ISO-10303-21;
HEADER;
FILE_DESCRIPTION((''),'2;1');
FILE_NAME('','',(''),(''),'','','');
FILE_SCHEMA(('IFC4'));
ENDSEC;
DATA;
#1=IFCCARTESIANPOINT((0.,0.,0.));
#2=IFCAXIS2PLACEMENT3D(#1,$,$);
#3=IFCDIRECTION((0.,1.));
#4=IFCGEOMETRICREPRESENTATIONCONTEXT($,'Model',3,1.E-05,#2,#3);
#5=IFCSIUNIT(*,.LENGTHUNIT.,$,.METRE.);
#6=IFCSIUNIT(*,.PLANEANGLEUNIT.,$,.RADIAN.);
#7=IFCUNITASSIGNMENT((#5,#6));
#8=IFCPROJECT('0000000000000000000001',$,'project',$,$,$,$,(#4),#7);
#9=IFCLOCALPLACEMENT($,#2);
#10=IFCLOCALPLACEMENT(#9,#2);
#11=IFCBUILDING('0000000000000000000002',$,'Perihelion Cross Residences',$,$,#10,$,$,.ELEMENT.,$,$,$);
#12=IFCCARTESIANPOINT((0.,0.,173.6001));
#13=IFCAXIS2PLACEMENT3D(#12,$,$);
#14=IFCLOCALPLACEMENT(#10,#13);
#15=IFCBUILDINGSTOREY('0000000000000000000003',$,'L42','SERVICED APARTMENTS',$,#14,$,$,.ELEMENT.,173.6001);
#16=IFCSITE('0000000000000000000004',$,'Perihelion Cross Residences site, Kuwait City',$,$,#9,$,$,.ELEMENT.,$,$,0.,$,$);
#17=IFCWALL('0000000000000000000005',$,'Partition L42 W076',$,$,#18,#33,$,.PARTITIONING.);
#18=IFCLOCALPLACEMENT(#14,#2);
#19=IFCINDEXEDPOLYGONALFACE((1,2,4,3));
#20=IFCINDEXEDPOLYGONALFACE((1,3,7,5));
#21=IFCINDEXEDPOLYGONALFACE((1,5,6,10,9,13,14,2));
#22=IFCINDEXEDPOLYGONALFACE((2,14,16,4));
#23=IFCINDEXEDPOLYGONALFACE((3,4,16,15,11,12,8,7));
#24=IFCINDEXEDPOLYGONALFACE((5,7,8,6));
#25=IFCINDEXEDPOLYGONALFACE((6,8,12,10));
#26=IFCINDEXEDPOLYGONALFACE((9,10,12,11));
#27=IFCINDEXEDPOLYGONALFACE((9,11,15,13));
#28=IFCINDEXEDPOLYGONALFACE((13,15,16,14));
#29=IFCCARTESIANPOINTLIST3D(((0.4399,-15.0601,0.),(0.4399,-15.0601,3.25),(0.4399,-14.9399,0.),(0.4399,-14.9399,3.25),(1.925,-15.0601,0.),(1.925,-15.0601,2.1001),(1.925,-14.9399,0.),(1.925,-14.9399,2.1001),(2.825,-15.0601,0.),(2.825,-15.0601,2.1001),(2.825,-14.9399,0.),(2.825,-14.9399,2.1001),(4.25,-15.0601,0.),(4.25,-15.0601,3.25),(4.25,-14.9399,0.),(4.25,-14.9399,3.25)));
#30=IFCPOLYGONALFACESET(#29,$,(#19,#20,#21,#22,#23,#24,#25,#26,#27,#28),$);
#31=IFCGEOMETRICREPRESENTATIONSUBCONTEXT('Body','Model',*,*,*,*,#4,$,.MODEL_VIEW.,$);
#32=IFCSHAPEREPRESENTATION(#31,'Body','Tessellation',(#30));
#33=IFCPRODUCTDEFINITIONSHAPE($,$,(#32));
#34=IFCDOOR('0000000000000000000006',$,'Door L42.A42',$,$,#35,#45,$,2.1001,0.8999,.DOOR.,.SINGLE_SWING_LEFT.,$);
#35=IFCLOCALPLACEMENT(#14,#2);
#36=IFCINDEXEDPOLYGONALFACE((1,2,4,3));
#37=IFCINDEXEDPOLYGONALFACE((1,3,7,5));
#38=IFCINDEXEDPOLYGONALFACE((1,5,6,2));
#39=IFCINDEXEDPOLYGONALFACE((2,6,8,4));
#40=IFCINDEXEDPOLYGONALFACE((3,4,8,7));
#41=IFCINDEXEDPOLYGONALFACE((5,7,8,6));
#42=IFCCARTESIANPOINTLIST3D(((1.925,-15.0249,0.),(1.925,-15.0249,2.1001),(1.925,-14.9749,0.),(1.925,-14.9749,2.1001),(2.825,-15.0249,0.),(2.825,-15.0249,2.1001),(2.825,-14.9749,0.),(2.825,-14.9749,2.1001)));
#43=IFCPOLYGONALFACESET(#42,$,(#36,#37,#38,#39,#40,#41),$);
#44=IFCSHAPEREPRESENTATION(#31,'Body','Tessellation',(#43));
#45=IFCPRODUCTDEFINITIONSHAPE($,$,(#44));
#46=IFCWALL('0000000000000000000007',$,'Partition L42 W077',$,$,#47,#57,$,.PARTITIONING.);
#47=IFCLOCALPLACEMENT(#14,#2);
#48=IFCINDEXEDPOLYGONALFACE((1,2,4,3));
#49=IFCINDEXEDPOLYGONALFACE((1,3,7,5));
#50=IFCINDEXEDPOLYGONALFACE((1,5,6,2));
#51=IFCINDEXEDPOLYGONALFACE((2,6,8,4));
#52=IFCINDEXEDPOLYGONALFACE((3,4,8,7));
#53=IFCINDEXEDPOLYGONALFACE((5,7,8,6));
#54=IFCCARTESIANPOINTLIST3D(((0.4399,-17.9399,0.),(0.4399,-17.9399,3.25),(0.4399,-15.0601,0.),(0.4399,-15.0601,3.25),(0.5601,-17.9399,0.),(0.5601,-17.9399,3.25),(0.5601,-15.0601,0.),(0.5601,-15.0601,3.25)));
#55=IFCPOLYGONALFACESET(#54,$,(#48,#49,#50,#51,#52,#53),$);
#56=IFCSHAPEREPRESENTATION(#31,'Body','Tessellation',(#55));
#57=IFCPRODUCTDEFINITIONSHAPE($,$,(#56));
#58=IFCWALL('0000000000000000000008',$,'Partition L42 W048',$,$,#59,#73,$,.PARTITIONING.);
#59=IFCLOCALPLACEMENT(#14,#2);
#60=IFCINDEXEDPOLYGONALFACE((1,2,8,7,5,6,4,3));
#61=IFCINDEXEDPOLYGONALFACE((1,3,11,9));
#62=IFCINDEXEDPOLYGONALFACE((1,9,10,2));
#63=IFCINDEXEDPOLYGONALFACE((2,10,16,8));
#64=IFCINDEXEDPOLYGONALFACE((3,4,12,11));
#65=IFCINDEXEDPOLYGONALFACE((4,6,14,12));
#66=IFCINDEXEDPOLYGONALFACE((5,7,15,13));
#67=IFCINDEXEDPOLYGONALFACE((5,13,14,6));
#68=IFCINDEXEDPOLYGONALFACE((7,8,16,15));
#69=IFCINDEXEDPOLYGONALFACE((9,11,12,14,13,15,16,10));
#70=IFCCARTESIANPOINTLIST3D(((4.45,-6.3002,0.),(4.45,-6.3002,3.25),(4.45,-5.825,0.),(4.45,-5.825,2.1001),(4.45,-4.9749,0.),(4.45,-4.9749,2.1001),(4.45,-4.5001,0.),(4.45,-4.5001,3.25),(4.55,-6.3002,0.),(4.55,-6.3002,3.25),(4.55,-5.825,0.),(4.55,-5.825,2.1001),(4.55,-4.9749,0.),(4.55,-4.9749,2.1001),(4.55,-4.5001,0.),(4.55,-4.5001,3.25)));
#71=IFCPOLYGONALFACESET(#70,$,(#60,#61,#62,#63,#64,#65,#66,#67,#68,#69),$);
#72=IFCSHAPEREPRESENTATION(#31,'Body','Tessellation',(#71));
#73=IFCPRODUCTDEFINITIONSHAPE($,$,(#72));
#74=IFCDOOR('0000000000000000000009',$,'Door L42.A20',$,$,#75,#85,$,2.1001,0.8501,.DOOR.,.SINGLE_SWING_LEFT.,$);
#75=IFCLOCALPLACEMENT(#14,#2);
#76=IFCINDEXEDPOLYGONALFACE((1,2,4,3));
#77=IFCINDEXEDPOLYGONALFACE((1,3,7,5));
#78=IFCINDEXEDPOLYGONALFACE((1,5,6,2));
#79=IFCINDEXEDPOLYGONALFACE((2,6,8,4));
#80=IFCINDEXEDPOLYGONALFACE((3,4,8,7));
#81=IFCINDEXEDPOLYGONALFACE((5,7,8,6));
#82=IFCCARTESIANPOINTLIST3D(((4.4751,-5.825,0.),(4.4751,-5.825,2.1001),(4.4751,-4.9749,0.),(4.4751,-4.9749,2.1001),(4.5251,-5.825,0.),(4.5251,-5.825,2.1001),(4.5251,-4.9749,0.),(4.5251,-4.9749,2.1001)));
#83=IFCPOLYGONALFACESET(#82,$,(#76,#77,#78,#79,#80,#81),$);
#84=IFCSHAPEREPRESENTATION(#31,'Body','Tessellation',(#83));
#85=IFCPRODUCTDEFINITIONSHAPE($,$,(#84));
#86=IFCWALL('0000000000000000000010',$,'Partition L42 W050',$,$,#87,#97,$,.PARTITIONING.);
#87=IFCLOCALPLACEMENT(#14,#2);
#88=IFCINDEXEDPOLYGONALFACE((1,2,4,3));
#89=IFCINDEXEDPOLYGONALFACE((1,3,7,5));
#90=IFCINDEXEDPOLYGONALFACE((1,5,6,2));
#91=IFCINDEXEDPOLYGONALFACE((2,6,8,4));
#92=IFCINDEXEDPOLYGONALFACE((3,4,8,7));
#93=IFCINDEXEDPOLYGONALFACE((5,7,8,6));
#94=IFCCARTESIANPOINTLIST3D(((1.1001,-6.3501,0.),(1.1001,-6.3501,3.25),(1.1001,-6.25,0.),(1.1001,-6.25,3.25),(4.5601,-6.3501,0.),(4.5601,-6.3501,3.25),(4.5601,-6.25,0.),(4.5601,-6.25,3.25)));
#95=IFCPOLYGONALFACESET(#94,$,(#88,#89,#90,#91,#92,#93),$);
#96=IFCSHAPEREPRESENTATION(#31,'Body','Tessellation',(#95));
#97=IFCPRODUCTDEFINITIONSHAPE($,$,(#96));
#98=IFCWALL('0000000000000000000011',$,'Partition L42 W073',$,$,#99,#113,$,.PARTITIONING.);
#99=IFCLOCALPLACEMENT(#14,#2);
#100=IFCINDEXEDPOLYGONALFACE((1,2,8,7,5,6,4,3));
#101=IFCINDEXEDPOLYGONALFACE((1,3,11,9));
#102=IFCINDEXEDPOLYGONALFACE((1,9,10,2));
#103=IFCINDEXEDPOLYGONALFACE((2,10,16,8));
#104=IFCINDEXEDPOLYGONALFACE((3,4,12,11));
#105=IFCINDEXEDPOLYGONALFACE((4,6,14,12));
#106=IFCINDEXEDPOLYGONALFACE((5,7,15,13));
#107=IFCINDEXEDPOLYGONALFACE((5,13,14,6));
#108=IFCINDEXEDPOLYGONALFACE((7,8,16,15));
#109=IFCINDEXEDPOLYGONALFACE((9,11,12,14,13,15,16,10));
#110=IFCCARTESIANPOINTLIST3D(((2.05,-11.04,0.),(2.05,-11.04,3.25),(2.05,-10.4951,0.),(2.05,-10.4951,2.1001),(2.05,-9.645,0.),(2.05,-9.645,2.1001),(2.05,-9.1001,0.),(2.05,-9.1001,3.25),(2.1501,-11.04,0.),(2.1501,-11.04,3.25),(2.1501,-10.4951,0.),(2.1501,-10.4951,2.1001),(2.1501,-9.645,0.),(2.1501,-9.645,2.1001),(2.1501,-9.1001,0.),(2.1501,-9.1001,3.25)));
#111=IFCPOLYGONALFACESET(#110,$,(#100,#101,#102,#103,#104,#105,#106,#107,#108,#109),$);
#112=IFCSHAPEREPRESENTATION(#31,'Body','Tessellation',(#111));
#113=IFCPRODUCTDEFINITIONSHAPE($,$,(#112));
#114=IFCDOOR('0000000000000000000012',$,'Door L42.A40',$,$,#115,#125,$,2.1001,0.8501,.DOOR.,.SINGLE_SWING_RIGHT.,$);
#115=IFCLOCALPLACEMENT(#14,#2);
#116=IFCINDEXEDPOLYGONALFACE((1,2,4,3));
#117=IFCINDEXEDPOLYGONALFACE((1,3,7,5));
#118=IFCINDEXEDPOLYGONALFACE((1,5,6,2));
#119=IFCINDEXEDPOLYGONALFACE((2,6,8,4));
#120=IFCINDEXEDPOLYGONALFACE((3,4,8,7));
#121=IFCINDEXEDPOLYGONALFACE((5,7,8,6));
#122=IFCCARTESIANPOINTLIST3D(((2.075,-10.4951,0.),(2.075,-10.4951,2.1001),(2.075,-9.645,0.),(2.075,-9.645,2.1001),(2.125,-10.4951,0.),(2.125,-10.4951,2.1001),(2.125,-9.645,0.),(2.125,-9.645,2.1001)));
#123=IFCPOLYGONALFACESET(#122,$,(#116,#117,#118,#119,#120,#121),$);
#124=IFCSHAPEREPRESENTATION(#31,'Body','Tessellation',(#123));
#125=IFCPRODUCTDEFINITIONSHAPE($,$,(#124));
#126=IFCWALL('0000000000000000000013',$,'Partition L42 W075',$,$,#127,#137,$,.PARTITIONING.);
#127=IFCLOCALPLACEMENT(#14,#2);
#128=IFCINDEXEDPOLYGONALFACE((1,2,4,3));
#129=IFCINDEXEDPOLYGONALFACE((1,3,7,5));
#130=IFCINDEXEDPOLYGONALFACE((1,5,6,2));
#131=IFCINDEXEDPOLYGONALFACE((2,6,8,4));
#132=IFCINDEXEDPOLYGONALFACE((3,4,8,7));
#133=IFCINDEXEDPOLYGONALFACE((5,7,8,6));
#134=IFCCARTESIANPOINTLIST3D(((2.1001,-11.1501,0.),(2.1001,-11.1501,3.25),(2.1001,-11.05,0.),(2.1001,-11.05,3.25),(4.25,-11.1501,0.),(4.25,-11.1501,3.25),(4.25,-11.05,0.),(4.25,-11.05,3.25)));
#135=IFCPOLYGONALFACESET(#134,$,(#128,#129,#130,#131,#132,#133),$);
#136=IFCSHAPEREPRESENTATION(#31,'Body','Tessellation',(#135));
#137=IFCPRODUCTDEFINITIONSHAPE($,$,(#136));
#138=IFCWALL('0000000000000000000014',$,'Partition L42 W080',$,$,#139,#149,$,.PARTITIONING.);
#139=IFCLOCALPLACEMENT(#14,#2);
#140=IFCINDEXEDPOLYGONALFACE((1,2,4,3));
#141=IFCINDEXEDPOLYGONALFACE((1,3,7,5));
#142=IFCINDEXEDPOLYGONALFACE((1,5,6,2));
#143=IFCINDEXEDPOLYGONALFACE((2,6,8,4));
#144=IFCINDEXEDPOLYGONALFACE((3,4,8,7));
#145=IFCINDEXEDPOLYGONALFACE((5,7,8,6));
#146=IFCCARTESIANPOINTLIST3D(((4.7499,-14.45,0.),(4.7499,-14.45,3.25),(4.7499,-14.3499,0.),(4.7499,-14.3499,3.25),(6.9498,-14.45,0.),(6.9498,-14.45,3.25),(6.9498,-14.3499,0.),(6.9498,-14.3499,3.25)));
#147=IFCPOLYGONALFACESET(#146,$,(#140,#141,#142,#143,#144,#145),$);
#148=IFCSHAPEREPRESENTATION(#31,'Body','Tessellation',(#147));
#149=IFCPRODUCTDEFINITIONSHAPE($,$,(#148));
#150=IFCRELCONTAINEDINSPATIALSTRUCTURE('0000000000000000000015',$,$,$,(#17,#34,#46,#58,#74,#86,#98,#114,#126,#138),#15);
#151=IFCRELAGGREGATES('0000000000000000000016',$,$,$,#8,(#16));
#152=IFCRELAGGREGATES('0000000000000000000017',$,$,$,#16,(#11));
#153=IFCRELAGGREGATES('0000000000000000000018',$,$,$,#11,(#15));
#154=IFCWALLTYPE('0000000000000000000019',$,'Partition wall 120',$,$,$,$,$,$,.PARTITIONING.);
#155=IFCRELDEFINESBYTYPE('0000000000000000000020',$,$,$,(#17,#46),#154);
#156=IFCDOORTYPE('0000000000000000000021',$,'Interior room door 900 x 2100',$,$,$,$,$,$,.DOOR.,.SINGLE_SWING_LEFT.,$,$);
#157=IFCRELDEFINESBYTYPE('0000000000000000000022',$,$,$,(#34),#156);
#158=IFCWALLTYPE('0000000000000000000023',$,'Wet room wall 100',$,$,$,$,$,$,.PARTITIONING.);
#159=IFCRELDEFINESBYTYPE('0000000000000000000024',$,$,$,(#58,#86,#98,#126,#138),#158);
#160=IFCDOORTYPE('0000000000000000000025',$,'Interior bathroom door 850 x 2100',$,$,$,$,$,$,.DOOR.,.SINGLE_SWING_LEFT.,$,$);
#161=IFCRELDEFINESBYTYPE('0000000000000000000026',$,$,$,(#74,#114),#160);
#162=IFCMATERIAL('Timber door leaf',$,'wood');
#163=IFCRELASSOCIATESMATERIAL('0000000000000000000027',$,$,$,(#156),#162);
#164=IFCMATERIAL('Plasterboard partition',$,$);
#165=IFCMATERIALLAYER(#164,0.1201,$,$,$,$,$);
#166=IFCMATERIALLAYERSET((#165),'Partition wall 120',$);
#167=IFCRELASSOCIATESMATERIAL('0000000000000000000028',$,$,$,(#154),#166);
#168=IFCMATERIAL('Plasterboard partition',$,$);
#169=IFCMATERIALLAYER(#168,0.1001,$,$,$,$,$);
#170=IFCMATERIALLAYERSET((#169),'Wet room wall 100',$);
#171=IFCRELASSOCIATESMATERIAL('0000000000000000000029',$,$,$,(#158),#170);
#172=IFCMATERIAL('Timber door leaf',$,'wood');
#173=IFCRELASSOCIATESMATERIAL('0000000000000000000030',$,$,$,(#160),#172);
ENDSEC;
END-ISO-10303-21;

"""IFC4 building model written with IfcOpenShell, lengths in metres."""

from ifc_helpers import new_model, si_unit, direction, frame, frame_2d, origin, place, context, subcontext, project, spatial, rectangle, extrude, material, layer, layer_set, type_object, element, fill, save


model = new_model("IFC4")

# Units and contexts
model_context = context("Model", 3, precision=1e-05, world=origin(), true_north=direction((0.0, 1.0)))
body_context = subcontext(model_context, "Body", "Model", "MODEL_VIEW")
ifc_project = project(units=[si_unit("LENGTHUNIT", "METRE"), si_unit("PLANEANGLEUNIT", "RADIAN")], contexts=[model_context])

# Site, building, storey
site_placement = place(None, origin())
site = spatial("IfcSite", under=ifc_project, at=site_placement, Name="Perihelion Cross Residences site, Kuwait City", CompositionType="ELEMENT", RefElevation=0.0)
building_placement = place(site_placement, origin())
building = spatial("IfcBuilding", under=site, at=building_placement, Name="Perihelion Cross Residences", CompositionType="ELEMENT")
storey_placement = place(building_placement, frame((0.0, 0.0, 173.6001)))
storey = spatial("IfcBuildingStorey", under=building, at=storey_placement, Name="L42", Description="SERVICED APARTMENTS", CompositionType="ELEMENT", Elevation=173.6001)

# Wall, opening, door
ifc_material_1 = material(Name="Timber door leaf", Category="wood")
door_type_1 = type_object("IfcDoorType", Name="Interior room door 900 x 2100", OperationType="SINGLE_SWING_LEFT", PredefinedType="DOOR", material=ifc_material_1)
ifc_material_2 = material(Name="Plasterboard partition")
ifc_layer_1 = layer(ifc_material_2, 0.1201)
ifc_layer_set_1 = layer_set([ifc_layer_1], Name="Partition wall 120")
wall_type_1 = type_object("IfcWallType", Name="Partition wall 120", PredefinedType="PARTITIONING", material=ifc_layer_set_1)
wall_1_placement = place(storey_placement, frame((4.25, -15.0, 0.0), z_axis=(0.0, 0.0, 1.0), x_axis=(-1.0, 0.0, 0.0)))
wall_1 = element("IfcWall", 1, at=wall_1_placement, inside=storey, type_object=wall_type_1, Name="Partition L42 W076", PredefinedType="PARTITIONING", context=body_context, shape_type="SweptSolid", body=[
    extrude(rectangle(XDim=3.8101, YDim=0.1201, at=frame_2d((1.905, 0.0))), origin(), (0.0, 0.0, 1.0), 3.25),
])
opening_1_placement = place(wall_1_placement, frame((1.425, 0.0, 0.0)))
opening_1 = element("IfcOpeningElement", 2, at=opening_1_placement, cuts=wall_1, PredefinedType="OPENING", context=body_context, shape_type="SweptSolid", body=[
    extrude(rectangle(XDim=0.8999, YDim=2.1001, at=frame_2d((0.45, 1.05))), frame((0.0, 0.0701, 0.0), z_axis=(0.0, -1.0, 0.0), x_axis=(1.0, 0.0, 0.0)), (0.0, 0.0, 1.0), 0.1401),
])
door_1_placement = place(opening_1_placement, origin())
door_1 = element("IfcDoor", 3, at=door_1_placement, inside=storey, type_object=door_type_1, Name="Door L42.A42", OperationType="SINGLE_SWING_LEFT", OverallHeight=2.1001, OverallWidth=0.8999, PredefinedType="DOOR", context=body_context, shape_type="SweptSolid", body=[
    extrude(rectangle(XDim=0.8999, YDim=2.1001, at=frame_2d((0.45, 1.05))), frame((0.0, 0.0249, 0.0), z_axis=(0.0, -1.0, 0.0), x_axis=(1.0, 0.0, 0.0)), (0.0, 0.0, 1.0), 0.05),
])
fill(opening_1, door_1)

# Wall
wall_2_placement = place(storey_placement, frame((0.5, -15.0601, 0.0), z_axis=(0.0, 0.0, 1.0), x_axis=(0.0, -1.0, 0.0)))
element("IfcWall", 4, at=wall_2_placement, inside=storey, type_object=wall_type_1, Name="Partition L42 W077", PredefinedType="PARTITIONING", context=body_context, shape_type="SweptSolid", body=[
    extrude(rectangle(XDim=2.8799, YDim=0.1201, at=frame_2d((1.4399, 0.0))), origin(), (0.0, 0.0, 1.0), 3.25),
])

# Wall, opening, door
ifc_material_3 = material(Name="Plasterboard partition")
ifc_layer_2 = layer(ifc_material_3, 0.1001)
ifc_layer_set_2 = layer_set([ifc_layer_2], Name="Wet room wall 100")
wall_type_2 = type_object("IfcWallType", Name="Wet room wall 100", PredefinedType="PARTITIONING", material=ifc_layer_set_2)
wall_3_placement = place(storey_placement, frame((4.5, -6.3, 0.0), z_axis=(0.0, 0.0, 1.0), x_axis=(0.0, 1.0, 0.0)))
wall_3 = element("IfcWall", 5, at=wall_3_placement, inside=storey, type_object=wall_type_2, Name="Partition L42 W048", PredefinedType="PARTITIONING", context=body_context, shape_type="SweptSolid", body=[
    extrude(rectangle(XDim=1.8, YDim=0.1001, at=frame_2d((0.8999, 0.0))), origin(), (0.0, 0.0, 1.0), 3.25),
])
opening_2_placement = place(wall_3_placement, frame((0.4751, 0.0, 0.0)))
opening_2 = element("IfcOpeningElement", 6, at=opening_2_placement, cuts=wall_3, PredefinedType="OPENING", context=body_context, shape_type="SweptSolid", body=[
    extrude(rectangle(XDim=0.8501, YDim=2.1001, at=frame_2d((0.425, 1.05))), frame((0.0, 0.0601, 0.0), z_axis=(0.0, -1.0, 0.0), x_axis=(1.0, 0.0, 0.0)), (0.0, 0.0, 1.0), 0.1201),
])
ifc_material_4 = material(Name="Timber door leaf", Category="wood")
door_type_2 = type_object("IfcDoorType", Name="Interior bathroom door 850 x 2100", OperationType="SINGLE_SWING_LEFT", PredefinedType="DOOR", material=ifc_material_4)
door_2_placement = place(opening_2_placement, origin())
door_2 = element("IfcDoor", 7, at=door_2_placement, inside=storey, type_object=door_type_2, Name="Door L42.A20", OperationType="SINGLE_SWING_LEFT", OverallHeight=2.1001, OverallWidth=0.8501, PredefinedType="DOOR", context=body_context, shape_type="SweptSolid", body=[
    extrude(rectangle(XDim=0.8501, YDim=2.1001, at=frame_2d((0.425, 1.05))), frame((0.0, 0.0249, 0.0), z_axis=(0.0, -1.0, 0.0), x_axis=(1.0, 0.0, 0.0)), (0.0, 0.0, 1.0), 0.05),
])
fill(opening_2, door_2)

# Wall
wall_4_placement = place(storey_placement, frame((4.5601, -6.3, 0.0), z_axis=(0.0, 0.0, 1.0), x_axis=(-1.0, 0.0, 0.0)))
element("IfcWall", 8, at=wall_4_placement, inside=storey, type_object=wall_type_2, Name="Partition L42 W050", PredefinedType="PARTITIONING", context=body_context, shape_type="SweptSolid", body=[
    extrude(rectangle(XDim=3.46, YDim=0.1001, at=frame_2d((1.73, 0.0))), origin(), (0.0, 0.0, 1.0), 3.25),
])

# Wall, opening, door
wall_5_placement = place(storey_placement, frame((2.1001, -9.1001, 0.0), z_axis=(0.0, 0.0, 1.0), x_axis=(0.0, -1.0, 0.0)))
wall_5 = element("IfcWall", 9, at=wall_5_placement, inside=storey, type_object=wall_type_2, Name="Partition L42 W073", PredefinedType="PARTITIONING", context=body_context, shape_type="SweptSolid", body=[
    extrude(rectangle(XDim=1.9399, YDim=0.1001, at=frame_2d((0.97, 0.0))), origin(), (0.0, 0.0, 1.0), 3.25),
])
opening_3_placement = place(wall_5_placement, frame((0.5449, 0.0, 0.0)))
opening_3 = element("IfcOpeningElement", 10, at=opening_3_placement, cuts=wall_5, PredefinedType="OPENING", context=body_context, shape_type="SweptSolid", body=[
    extrude(rectangle(XDim=0.8501, YDim=2.1001, at=frame_2d((0.425, 1.05))), frame((0.0, 0.0601, 0.0), z_axis=(0.0, -1.0, 0.0), x_axis=(1.0, 0.0, 0.0)), (0.0, 0.0, 1.0), 0.1201),
])
door_3_placement = place(opening_3_placement, origin())
door_3 = element("IfcDoor", 11, at=door_3_placement, inside=storey, type_object=door_type_2, Name="Door L42.A40", OperationType="SINGLE_SWING_RIGHT", OverallHeight=2.1001, OverallWidth=0.8501, PredefinedType="DOOR", context=body_context, shape_type="SweptSolid", body=[
    extrude(rectangle(XDim=0.8501, YDim=2.1001, at=frame_2d((0.425, 1.05))), frame((0.0, 0.0249, 0.0), z_axis=(0.0, -1.0, 0.0), x_axis=(1.0, 0.0, 0.0)), (0.0, 0.0, 1.0), 0.05),
])
fill(opening_3, door_3)

# Walls
wall_6_placement = place(storey_placement, frame((4.25, -11.1001, 0.0), z_axis=(0.0, 0.0, 1.0), x_axis=(-1.0, 0.0, 0.0)))
element("IfcWall", 12, at=wall_6_placement, inside=storey, type_object=wall_type_2, Name="Partition L42 W075", PredefinedType="PARTITIONING", context=body_context, shape_type="SweptSolid", body=[
    extrude(rectangle(XDim=2.1499, YDim=0.1001, at=frame_2d((1.075, 0.0))), origin(), (0.0, 0.0, 1.0), 3.25),
])
wall_7_placement = place(storey_placement, frame((6.95, -14.3999, 0.0), z_axis=(0.0, 0.0, 1.0), x_axis=(-1.0, 0.0, 0.0)))
element("IfcWall", 13, at=wall_7_placement, inside=storey, type_object=wall_type_2, Name="Partition L42 W080", PredefinedType="PARTITIONING", context=body_context, shape_type="SweptSolid", body=[
    extrude(rectangle(XDim=2.2, YDim=0.1001, at=frame_2d((1.1001, 0.0))), origin(), (0.0, 0.0, 1.0), 3.25),
])

save(model, "model.ifc")
